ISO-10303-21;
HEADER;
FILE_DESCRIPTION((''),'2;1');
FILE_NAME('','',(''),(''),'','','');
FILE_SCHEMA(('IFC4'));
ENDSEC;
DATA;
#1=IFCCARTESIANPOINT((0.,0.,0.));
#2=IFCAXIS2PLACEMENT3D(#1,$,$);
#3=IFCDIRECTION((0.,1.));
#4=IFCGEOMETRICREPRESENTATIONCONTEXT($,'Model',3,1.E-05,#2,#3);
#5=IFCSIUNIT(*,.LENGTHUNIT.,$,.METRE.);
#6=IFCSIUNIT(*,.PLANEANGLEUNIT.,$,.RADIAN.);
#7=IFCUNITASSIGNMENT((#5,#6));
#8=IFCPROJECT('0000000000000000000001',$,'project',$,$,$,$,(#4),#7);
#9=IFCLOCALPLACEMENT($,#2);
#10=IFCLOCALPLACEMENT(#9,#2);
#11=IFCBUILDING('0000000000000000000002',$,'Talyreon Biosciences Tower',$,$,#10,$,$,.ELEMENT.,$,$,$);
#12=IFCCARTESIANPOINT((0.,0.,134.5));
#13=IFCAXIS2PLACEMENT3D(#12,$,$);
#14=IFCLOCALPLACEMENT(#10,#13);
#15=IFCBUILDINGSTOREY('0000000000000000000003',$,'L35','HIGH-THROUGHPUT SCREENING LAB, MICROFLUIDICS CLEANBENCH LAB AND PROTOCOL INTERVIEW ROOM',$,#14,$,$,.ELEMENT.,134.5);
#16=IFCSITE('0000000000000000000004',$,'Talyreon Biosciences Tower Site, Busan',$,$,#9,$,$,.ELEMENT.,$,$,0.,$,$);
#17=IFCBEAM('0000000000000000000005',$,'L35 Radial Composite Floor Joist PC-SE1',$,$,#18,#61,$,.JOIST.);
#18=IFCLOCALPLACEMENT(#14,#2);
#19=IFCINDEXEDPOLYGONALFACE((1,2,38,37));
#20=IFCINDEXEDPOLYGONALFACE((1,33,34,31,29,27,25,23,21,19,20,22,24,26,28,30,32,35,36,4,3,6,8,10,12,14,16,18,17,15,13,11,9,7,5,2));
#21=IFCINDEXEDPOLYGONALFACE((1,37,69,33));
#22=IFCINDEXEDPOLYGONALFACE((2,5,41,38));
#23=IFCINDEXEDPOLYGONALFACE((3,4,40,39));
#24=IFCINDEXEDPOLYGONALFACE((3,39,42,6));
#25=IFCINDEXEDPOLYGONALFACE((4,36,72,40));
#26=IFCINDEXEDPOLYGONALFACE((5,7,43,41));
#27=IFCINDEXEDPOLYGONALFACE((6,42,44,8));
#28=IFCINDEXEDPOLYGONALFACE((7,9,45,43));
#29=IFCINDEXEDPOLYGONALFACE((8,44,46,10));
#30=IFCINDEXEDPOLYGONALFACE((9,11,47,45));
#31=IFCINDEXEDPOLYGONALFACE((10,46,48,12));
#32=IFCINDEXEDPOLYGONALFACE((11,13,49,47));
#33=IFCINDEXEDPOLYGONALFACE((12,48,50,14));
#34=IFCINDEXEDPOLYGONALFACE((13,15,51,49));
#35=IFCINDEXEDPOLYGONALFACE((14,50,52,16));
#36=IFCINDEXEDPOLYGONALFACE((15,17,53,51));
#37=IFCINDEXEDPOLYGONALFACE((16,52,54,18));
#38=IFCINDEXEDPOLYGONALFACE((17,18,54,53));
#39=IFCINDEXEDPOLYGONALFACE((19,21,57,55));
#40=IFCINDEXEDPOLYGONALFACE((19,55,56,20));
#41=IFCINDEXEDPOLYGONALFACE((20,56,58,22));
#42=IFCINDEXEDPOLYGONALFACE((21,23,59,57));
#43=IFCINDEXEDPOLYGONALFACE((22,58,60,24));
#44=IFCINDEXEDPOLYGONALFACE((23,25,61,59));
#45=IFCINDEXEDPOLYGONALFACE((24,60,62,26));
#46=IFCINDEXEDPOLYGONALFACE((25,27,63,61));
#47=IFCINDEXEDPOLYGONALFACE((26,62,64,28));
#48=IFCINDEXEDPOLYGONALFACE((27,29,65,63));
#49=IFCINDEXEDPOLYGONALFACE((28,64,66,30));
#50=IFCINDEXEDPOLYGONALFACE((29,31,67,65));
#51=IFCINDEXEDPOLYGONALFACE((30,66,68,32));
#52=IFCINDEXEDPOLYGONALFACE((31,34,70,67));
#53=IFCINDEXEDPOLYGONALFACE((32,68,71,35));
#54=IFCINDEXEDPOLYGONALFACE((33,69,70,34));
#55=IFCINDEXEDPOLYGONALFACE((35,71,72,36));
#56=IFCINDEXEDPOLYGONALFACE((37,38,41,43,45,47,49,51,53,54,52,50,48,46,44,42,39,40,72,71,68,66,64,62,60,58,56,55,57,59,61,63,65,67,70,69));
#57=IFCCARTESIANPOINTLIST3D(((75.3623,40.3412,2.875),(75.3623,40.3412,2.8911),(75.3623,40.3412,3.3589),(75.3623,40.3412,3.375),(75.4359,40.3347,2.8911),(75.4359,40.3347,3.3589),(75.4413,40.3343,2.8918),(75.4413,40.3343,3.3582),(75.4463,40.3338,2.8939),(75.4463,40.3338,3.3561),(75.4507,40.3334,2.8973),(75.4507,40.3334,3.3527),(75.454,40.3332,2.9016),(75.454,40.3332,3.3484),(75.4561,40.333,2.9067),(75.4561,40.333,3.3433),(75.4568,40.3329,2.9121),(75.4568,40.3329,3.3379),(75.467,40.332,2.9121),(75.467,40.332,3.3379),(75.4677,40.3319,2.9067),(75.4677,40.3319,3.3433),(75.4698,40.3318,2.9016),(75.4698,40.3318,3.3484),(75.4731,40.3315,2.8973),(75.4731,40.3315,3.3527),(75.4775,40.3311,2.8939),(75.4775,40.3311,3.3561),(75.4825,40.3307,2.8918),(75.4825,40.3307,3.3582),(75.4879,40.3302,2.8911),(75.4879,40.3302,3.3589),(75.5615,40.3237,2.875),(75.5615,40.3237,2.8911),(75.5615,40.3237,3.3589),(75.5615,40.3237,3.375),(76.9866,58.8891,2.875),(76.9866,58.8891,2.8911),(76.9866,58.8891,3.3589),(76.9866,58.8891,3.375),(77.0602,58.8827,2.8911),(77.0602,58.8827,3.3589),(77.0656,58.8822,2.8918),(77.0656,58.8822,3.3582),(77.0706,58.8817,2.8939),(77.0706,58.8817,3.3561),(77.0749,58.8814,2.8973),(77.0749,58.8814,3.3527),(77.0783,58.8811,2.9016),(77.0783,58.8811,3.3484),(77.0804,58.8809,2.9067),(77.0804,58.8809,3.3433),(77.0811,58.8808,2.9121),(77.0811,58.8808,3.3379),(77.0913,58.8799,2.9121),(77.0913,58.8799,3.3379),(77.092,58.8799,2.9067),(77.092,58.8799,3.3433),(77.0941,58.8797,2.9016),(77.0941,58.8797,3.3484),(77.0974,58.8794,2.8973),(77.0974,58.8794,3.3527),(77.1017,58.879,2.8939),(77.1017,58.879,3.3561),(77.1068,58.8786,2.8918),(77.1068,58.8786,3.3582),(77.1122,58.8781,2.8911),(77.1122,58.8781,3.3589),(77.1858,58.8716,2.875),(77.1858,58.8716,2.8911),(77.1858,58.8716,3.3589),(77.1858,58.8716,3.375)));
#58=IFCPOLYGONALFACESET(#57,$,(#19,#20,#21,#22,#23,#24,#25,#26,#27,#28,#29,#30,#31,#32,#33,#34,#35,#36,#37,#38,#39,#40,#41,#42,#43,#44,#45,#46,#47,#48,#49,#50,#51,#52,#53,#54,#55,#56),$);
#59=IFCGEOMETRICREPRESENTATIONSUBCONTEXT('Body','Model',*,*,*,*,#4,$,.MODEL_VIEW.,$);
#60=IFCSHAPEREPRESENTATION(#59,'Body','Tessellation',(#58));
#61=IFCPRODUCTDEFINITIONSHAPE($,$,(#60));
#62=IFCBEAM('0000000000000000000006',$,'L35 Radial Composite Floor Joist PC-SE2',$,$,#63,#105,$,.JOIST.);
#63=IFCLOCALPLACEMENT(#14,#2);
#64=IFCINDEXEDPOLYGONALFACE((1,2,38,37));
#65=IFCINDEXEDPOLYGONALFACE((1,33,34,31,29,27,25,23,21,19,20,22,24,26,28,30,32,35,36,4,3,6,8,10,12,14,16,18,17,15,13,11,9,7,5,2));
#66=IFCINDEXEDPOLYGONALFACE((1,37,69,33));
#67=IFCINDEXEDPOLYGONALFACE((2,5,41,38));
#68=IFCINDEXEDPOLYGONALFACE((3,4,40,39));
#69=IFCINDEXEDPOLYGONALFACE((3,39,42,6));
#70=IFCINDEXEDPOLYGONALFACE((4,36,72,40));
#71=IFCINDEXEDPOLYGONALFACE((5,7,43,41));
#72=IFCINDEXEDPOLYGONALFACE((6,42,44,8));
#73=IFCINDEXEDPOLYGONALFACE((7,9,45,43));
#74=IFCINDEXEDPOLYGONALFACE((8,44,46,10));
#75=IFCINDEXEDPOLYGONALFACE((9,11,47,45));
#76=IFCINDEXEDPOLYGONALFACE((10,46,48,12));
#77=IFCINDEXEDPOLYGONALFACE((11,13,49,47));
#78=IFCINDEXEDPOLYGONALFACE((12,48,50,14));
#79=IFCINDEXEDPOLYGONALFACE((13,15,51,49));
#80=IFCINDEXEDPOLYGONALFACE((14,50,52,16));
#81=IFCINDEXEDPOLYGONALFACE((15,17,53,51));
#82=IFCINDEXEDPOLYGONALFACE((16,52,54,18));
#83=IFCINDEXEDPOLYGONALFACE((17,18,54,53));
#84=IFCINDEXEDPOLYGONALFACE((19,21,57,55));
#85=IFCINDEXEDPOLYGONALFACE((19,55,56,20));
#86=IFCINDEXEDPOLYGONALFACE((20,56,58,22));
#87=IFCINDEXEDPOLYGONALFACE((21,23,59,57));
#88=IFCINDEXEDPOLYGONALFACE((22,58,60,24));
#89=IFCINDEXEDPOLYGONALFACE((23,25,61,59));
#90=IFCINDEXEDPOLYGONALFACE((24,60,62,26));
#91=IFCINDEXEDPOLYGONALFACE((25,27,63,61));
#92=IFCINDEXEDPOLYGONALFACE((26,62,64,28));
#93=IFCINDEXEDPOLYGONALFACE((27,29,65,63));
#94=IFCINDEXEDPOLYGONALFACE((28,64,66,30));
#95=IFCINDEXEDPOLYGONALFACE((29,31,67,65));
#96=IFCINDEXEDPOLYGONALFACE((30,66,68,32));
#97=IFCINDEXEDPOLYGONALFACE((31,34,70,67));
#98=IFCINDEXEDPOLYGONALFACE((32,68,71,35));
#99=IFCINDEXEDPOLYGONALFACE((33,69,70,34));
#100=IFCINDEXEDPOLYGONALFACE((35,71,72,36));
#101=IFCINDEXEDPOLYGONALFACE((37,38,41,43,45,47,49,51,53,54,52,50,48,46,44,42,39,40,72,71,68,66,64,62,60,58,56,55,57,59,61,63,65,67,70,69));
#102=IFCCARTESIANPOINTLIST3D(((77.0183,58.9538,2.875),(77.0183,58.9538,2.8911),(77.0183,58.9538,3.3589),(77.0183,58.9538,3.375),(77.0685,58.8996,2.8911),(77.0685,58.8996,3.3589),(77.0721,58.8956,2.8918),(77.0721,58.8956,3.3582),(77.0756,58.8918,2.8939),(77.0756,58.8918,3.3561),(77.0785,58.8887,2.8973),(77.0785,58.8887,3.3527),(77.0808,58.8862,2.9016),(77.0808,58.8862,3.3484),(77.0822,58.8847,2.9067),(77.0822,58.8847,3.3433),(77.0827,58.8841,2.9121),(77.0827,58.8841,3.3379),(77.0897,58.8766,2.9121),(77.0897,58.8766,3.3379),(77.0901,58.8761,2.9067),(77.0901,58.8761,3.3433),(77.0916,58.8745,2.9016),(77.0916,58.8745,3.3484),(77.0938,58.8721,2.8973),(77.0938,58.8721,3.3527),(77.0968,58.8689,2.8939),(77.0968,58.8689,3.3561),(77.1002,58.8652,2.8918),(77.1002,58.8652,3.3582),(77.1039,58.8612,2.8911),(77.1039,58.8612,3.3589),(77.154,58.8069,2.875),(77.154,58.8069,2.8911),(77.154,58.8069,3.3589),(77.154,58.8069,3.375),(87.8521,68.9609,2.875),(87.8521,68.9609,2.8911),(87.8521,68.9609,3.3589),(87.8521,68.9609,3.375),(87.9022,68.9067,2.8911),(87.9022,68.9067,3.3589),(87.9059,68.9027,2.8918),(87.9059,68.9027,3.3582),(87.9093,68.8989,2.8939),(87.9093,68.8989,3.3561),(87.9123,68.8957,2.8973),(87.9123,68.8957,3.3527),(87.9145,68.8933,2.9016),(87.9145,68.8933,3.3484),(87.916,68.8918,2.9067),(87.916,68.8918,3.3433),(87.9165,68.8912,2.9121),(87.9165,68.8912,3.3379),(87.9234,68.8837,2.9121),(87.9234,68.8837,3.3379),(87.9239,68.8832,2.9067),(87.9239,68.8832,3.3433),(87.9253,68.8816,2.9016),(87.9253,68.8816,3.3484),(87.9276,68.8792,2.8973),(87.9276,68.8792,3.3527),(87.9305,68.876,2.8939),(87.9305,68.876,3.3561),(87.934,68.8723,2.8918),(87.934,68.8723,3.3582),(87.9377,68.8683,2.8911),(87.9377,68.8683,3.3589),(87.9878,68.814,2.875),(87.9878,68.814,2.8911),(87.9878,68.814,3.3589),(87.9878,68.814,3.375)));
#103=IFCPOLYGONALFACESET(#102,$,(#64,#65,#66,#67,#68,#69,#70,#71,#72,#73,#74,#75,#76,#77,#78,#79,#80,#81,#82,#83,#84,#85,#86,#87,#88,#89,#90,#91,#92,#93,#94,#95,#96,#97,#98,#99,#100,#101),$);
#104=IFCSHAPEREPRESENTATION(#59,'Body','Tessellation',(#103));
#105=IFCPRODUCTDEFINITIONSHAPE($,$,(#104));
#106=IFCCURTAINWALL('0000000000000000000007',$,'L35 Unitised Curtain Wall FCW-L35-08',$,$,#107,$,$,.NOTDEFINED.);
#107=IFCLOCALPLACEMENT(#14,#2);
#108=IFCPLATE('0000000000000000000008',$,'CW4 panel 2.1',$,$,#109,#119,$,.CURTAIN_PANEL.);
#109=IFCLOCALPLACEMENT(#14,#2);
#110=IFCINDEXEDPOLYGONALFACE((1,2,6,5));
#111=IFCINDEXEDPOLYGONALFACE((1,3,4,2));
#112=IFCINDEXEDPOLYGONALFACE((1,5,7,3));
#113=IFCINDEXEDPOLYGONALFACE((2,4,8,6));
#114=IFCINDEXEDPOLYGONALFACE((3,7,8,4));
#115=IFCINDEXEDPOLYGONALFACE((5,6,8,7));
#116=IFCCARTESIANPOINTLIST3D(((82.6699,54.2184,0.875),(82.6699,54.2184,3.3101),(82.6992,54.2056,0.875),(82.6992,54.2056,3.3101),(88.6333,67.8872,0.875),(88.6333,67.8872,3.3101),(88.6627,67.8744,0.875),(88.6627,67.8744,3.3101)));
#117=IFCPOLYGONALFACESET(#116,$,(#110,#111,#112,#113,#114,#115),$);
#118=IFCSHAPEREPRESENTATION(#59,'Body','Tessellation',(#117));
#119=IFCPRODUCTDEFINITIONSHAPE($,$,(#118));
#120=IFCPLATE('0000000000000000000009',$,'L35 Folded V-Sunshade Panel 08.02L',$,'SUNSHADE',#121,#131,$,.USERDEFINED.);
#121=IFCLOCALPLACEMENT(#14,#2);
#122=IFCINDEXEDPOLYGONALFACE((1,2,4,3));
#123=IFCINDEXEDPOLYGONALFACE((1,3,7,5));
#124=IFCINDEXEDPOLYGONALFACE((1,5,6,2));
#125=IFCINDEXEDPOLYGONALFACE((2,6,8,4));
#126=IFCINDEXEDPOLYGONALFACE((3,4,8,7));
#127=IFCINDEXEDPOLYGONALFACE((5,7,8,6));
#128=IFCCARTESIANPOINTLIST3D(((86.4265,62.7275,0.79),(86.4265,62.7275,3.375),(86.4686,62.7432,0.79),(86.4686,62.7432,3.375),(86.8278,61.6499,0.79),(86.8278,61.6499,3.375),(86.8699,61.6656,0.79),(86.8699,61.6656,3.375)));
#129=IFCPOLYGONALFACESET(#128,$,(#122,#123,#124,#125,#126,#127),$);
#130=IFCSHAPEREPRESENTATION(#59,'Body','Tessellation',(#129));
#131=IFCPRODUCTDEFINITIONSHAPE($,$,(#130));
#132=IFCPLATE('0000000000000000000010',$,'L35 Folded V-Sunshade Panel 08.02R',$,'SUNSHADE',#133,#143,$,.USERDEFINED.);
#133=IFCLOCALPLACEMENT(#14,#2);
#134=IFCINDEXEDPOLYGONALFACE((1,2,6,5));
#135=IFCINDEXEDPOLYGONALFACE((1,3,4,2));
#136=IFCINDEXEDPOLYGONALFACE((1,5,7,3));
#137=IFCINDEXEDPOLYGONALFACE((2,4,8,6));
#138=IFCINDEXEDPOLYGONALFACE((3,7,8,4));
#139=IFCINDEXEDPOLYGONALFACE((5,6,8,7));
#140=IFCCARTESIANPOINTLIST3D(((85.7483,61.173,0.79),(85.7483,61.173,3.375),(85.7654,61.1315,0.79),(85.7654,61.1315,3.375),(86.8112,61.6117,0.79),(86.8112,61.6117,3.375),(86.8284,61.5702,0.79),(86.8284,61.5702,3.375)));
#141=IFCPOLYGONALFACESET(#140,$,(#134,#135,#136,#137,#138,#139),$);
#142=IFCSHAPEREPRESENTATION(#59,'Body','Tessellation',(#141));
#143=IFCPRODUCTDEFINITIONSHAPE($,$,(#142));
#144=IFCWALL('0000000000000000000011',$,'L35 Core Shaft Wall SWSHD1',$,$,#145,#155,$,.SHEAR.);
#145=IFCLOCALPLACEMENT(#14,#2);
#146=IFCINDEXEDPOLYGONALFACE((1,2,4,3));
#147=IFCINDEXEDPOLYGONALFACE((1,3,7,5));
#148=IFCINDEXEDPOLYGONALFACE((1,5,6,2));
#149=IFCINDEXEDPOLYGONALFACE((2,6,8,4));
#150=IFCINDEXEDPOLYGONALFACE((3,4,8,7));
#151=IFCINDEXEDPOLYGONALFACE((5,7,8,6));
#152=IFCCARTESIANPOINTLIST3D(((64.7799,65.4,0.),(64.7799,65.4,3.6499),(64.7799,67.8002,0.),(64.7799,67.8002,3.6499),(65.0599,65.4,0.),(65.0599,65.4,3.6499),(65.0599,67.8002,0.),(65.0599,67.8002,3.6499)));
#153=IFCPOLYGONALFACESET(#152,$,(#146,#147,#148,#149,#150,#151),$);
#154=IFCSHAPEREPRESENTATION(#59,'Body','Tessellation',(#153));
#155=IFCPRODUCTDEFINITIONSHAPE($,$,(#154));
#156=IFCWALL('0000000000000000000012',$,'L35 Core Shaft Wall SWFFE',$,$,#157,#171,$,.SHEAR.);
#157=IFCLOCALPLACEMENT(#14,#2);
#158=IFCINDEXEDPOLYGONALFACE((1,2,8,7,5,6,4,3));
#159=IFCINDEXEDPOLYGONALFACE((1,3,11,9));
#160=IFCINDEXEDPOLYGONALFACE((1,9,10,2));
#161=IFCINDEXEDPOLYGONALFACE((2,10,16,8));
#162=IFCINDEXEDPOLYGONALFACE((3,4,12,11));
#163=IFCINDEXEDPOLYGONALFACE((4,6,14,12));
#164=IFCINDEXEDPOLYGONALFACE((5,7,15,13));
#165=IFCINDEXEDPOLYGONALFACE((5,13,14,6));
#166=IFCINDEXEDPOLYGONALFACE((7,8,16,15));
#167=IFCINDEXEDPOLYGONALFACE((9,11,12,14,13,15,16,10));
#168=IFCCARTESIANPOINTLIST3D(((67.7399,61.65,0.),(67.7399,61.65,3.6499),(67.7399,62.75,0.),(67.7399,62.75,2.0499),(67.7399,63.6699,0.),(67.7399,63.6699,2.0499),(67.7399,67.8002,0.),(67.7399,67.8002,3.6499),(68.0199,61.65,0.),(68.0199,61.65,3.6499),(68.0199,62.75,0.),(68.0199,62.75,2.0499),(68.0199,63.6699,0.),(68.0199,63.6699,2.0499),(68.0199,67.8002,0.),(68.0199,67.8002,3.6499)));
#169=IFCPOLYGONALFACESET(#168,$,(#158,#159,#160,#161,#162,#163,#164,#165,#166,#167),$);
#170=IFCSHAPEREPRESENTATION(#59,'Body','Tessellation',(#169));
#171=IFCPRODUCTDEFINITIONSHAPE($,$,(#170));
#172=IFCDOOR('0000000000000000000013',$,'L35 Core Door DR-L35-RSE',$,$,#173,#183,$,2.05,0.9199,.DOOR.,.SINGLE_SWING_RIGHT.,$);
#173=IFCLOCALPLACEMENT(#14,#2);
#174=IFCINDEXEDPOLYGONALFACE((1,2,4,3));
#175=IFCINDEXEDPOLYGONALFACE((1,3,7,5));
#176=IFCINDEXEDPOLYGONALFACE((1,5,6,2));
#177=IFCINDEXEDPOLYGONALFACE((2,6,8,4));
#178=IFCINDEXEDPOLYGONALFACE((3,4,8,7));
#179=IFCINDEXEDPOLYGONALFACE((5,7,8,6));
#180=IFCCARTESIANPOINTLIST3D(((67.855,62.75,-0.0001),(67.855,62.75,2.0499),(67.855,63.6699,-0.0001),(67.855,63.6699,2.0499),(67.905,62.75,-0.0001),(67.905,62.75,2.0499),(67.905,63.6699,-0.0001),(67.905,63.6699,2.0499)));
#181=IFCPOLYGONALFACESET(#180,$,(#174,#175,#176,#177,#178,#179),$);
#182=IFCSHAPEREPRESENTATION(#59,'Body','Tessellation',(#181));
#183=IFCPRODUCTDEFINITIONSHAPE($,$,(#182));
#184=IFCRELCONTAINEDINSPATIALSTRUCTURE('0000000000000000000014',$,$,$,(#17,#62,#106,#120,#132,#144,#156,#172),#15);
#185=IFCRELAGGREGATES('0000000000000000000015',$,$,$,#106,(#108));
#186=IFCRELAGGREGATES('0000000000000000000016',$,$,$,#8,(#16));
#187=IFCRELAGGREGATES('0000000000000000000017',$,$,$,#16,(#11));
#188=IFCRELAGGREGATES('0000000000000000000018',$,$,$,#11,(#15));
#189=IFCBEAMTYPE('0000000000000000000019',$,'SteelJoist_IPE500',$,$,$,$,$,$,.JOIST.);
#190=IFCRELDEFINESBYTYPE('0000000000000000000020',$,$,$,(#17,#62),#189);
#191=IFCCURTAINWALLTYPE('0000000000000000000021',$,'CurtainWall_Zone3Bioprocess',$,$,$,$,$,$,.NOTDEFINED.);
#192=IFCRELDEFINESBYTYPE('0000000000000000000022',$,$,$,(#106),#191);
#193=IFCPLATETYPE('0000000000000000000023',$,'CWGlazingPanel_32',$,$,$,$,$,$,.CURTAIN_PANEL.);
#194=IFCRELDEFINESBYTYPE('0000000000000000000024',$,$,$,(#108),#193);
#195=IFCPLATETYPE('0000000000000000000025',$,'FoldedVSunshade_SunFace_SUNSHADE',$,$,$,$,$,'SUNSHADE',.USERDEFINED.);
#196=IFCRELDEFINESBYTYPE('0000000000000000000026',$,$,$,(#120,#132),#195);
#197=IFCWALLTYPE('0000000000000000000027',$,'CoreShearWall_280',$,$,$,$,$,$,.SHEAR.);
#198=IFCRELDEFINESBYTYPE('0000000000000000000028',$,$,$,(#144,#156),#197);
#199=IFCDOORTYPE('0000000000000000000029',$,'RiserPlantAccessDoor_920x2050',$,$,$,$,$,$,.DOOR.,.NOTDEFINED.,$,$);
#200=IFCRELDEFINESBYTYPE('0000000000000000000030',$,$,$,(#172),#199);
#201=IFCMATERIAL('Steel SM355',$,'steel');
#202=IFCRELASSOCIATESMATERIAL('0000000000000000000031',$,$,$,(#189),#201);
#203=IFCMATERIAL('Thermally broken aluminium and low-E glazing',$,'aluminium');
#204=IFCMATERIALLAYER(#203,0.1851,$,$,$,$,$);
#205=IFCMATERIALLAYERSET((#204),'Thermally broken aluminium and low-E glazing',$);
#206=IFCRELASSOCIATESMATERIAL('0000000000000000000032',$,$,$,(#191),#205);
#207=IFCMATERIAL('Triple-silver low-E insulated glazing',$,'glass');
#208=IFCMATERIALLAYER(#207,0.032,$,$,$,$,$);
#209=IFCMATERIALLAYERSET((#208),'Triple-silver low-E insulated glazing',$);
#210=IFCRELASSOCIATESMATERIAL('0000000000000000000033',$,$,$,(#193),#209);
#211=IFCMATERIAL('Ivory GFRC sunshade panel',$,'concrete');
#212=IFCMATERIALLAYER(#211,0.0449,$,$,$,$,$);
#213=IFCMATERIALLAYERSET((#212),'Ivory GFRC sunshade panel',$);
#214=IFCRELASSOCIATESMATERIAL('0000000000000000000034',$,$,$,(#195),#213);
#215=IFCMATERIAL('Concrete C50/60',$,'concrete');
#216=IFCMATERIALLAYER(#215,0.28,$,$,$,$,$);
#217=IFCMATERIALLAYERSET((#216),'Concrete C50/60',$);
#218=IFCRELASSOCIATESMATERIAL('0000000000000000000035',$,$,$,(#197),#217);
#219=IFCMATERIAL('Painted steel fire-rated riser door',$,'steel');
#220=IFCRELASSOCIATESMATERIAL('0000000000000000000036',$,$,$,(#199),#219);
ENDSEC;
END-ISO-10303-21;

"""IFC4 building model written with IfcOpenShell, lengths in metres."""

from ifc_helpers import new_model, si_unit, direction, frame, frame_2d, origin, origin_2d, place, context, subcontext, project, spatial, rectangle, i_section, extrude, material, layer, layer_set, material_profile, profile_set, type_object, element, fill, aggregate, save


model = new_model("IFC4")

# Units and contexts
model_context = context("Model", 3, precision=1e-05, world=origin(), true_north=direction((0.0, 1.0)))
body_context = subcontext(model_context, "Body", "Model", "MODEL_VIEW")
ifc_project = project(units=[si_unit("LENGTHUNIT", "METRE"), si_unit("PLANEANGLEUNIT", "RADIAN")], contexts=[model_context])

# Site, building, storey
site_placement = place(None, origin())
site = spatial("IfcSite", under=ifc_project, at=site_placement, Name="Talyreon Biosciences Tower Site, Busan", CompositionType="ELEMENT", RefElevation=0.0)
building_placement = place(site_placement, origin())
building = spatial("IfcBuilding", under=site, at=building_placement, Name="Talyreon Biosciences Tower", CompositionType="ELEMENT")
storey_placement = place(building_placement, frame((0.0, 0.0, 134.5)))
storey = spatial("IfcBuildingStorey", under=building, at=storey_placement, Name="L35", Description="HIGH-THROUGHPUT SCREENING LAB, MICROFLUIDICS CLEANBENCH LAB AND PROTOCOL INTERVIEW ROOM", CompositionType="ELEMENT", Elevation=134.5)

# Shared definitions
ifc_material_1 = material(Name="Concrete C50/60", Category="concrete")

# Beams
ifc_material_2 = material(Name="Steel SM355", Category="steel")
ifc_material_profile_1 = material_profile(ifc_material_2, i_section(OverallWidth=0.2, OverallDepth=0.5, WebThickness=0.0103, FlangeThickness=0.0161, FilletRadius=0.021, at=origin_2d()), Name="IPE500")
ifc_profile_set_1 = profile_set([ifc_material_profile_1], Name="Steel SM355")
beam_type_1 = type_object("IfcBeamType", Name="SteelJoist_IPE500", PredefinedType="JOIST", material=ifc_profile_set_1)
beam_1_placement = place(storey_placement, frame((77.0862, 58.8804, 3.125), z_axis=(-0.087238, -0.996188, 0.0), x_axis=(0.996188, -0.087238, 0.0)))
element("IfcBeam", 1, at=beam_1_placement, inside=storey, type_object=beam_type_1, Name="L35 Radial Composite Floor Joist PC-SE1", PredefinedType="JOIST", context=body_context, shape_type="SweptSolid", body=[
    extrude(i_section(OverallWidth=0.2, OverallDepth=0.5, WebThickness=0.0103, FlangeThickness=0.0161, FilletRadius=0.021, at=origin_2d()), origin(), (0.0, 0.0, 1.0), 18.6189),
])
beam_2_placement = place(storey_placement, frame((77.0862, 58.8804, 3.125), z_axis=(0.734577, 0.678526, 0.0), x_axis=(-0.678526, 0.734577, 0.0)))
element("IfcBeam", 2, at=beam_2_placement, inside=storey, type_object=beam_type_1, Name="L35 Radial Composite Floor Joist PC-SE2", PredefinedType="JOIST", context=body_context, shape_type="SweptSolid", body=[
    extrude(i_section(OverallWidth=0.2, OverallDepth=0.5, WebThickness=0.0103, FlangeThickness=0.0161, FilletRadius=0.021, at=origin_2d()), origin(), (0.0, 0.0, 1.0), 14.7483),
])

# Curtain wall, plate
ifc_material_3 = material(Name="Thermally broken aluminium and low-E glazing", Category="aluminium")
ifc_layer_1 = layer(ifc_material_3, 0.1851)
ifc_layer_set_1 = layer_set([ifc_layer_1], Name="Thermally broken aluminium and low-E glazing")
curtain_wall_type = type_object("IfcCurtainWallType", Name="CurtainWall_Zone3Bioprocess", PredefinedType="NOTDEFINED", material=ifc_layer_set_1)
curtain_wall_placement = place(storey_placement, origin())
curtain_wall = element("IfcCurtainWall", 3, at=curtain_wall_placement, inside=storey, type_object=curtain_wall_type, Name="L35 Unitised Curtain Wall FCW-L35-08", PredefinedType="NOTDEFINED")
ifc_material_4 = material(Name="Triple-silver low-E insulated glazing", Category="glass")
ifc_layer_2 = layer(ifc_material_4, 0.032)
ifc_layer_set_2 = layer_set([ifc_layer_2], Name="Triple-silver low-E insulated glazing")
plate_type_1 = type_object("IfcPlateType", Name="CWGlazingPanel_32", PredefinedType="CURTAIN_PANEL", material=ifc_layer_set_2)
plate_placement = place(storey_placement, frame((85.6663, 61.0464, 0.875), z_axis=(0.0, 0.0, 1.0), x_axis=(-0.399882, -0.916566, 0.0)))
plate = element("IfcPlate", 4, at=plate_placement, type_object=plate_type_1, Name="CW4 panel 2.1", PredefinedType="CURTAIN_PANEL", context=body_context, shape_type="SweptSolid", body=[
    extrude(rectangle(XDim=14.9131, YDim=0.032, at=origin_2d()), origin(), (0.0, 0.0, 1.0), 2.4351),
])
aggregate(curtain_wall, [plate])

# Plates
ifc_material_5 = material(Name="Ivory GFRC sunshade panel", Category="concrete")
ifc_layer_3 = layer(ifc_material_5, 0.0449)
ifc_layer_set_3 = layer_set([ifc_layer_3], Name="Ivory GFRC sunshade panel")
plate_type_2 = type_object("IfcPlateType", Name="FoldedVSunshade_SunFace_SUNSHADE", ElementType="SUNSHADE", PredefinedType="USERDEFINED", material=ifc_layer_set_3)
for number, where, z_axis, x_axis, name in (
    (5, (86.6482, 62.1965, 0.79), (0.0, 0.0, 1.0), (0.349046, -0.937105, 0.0), "L35 Folded V-Sunshade Panel 08.02L"),
    (6, (86.2883, 61.3716, 0.79), (0.0, 0.0, 1.0), (-0.924353, -0.381538, 0.0), "L35 Folded V-Sunshade Panel 08.02R"),
):
    element("IfcPlate", number, at=place(storey_placement, frame(where, z_axis=z_axis, x_axis=x_axis)), inside=storey, type_object=plate_type_2, Name=name, ObjectType="SUNSHADE", PredefinedType="USERDEFINED", context=body_context, shape_type="SweptSolid", body=[
        extrude(rectangle(XDim=1.1499, YDim=0.0449, at=origin_2d()), origin(), (0.0, 0.0, 1.0), 2.585),
    ])

# Wall
ifc_layer_4 = layer(ifc_material_1, 0.28)
ifc_layer_set_4 = layer_set([ifc_layer_4], Name="Concrete C50/60")
wall_type_1 = type_object("IfcWallType", Name="CoreShearWall_280", PredefinedType="SHEAR", material=ifc_layer_set_4)
wall_1_placement = place(storey_placement, frame((64.9199, 65.3999, 0.0), z_axis=(0.0, 0.0, 1.0), x_axis=(0.0, 1.0, 0.0)))
element("IfcWall", 7, at=wall_1_placement, inside=storey, type_object=wall_type_1, Name="L35 Core Shaft Wall SWSHD1", PredefinedType="SHEAR", context=body_context, shape_type="SweptSolid", body=[
    extrude(rectangle(XDim=2.4001, YDim=0.28, at=frame_2d((1.2002, 0.0))), origin(), (0.0, 0.0, 1.0), 3.6499),
])

# Wall, opening, door
wall_2_placement = place(storey_placement, frame((67.8799, 61.6499, 0.0), z_axis=(0.0, 0.0, 1.0), x_axis=(0.0, 1.0, 0.0)))
wall_2 = element("IfcWall", 8, at=wall_2_placement, inside=storey, type_object=wall_type_1, Name="L35 Core Shaft Wall SWFFE", PredefinedType="SHEAR", context=body_context, shape_type="SweptSolid", body=[
    extrude(rectangle(XDim=6.1501, YDim=0.28, at=frame_2d((3.0752, 0.0))), origin(), (0.0, 0.0, 1.0), 3.6499),
])
opening_1_placement = place(wall_2_placement, frame((1.1001, 0.0, 0.0)))
opening_1 = element("IfcOpeningElement", 9, at=opening_1_placement, cuts=wall_2, PredefinedType="OPENING", context=body_context, shape_type="SweptSolid", body=[
    extrude(rectangle(XDim=0.9199, YDim=2.05, at=frame_2d((0.46, 1.0249))), frame((0.0, 0.1499, 0.0), z_axis=(0.0, -1.0, 0.0), x_axis=(1.0, 0.0, 0.0)), (0.0, 0.0, 1.0), 0.3),
])
ifc_material_6 = material(Name="Painted steel fire-rated riser door", Category="steel")
door_type = type_object("IfcDoorType", Name="RiserPlantAccessDoor_920x2050", OperationType="NOTDEFINED", PredefinedType="DOOR", material=ifc_material_6)
door_1_placement = place(opening_1_placement, origin())
door_1 = element("IfcDoor", 10, at=door_1_placement, inside=storey, type_object=door_type, Name="L35 Core Door DR-L35-RSE", OperationType="SINGLE_SWING_RIGHT", OverallHeight=2.05, OverallWidth=0.9199, PredefinedType="DOOR", context=body_context, shape_type="SweptSolid", body=[
    extrude(rectangle(XDim=0.9199, YDim=2.05, at=frame_2d((0.46, 1.0249))), frame((0.0, 0.0249, 0.0), z_axis=(0.0, -1.0, 0.0), x_axis=(1.0, 0.0, 0.0)), (0.0, 0.0, 1.0), 0.05),
])
fill(opening_1, door_1)

save(model, "model.ifc")
